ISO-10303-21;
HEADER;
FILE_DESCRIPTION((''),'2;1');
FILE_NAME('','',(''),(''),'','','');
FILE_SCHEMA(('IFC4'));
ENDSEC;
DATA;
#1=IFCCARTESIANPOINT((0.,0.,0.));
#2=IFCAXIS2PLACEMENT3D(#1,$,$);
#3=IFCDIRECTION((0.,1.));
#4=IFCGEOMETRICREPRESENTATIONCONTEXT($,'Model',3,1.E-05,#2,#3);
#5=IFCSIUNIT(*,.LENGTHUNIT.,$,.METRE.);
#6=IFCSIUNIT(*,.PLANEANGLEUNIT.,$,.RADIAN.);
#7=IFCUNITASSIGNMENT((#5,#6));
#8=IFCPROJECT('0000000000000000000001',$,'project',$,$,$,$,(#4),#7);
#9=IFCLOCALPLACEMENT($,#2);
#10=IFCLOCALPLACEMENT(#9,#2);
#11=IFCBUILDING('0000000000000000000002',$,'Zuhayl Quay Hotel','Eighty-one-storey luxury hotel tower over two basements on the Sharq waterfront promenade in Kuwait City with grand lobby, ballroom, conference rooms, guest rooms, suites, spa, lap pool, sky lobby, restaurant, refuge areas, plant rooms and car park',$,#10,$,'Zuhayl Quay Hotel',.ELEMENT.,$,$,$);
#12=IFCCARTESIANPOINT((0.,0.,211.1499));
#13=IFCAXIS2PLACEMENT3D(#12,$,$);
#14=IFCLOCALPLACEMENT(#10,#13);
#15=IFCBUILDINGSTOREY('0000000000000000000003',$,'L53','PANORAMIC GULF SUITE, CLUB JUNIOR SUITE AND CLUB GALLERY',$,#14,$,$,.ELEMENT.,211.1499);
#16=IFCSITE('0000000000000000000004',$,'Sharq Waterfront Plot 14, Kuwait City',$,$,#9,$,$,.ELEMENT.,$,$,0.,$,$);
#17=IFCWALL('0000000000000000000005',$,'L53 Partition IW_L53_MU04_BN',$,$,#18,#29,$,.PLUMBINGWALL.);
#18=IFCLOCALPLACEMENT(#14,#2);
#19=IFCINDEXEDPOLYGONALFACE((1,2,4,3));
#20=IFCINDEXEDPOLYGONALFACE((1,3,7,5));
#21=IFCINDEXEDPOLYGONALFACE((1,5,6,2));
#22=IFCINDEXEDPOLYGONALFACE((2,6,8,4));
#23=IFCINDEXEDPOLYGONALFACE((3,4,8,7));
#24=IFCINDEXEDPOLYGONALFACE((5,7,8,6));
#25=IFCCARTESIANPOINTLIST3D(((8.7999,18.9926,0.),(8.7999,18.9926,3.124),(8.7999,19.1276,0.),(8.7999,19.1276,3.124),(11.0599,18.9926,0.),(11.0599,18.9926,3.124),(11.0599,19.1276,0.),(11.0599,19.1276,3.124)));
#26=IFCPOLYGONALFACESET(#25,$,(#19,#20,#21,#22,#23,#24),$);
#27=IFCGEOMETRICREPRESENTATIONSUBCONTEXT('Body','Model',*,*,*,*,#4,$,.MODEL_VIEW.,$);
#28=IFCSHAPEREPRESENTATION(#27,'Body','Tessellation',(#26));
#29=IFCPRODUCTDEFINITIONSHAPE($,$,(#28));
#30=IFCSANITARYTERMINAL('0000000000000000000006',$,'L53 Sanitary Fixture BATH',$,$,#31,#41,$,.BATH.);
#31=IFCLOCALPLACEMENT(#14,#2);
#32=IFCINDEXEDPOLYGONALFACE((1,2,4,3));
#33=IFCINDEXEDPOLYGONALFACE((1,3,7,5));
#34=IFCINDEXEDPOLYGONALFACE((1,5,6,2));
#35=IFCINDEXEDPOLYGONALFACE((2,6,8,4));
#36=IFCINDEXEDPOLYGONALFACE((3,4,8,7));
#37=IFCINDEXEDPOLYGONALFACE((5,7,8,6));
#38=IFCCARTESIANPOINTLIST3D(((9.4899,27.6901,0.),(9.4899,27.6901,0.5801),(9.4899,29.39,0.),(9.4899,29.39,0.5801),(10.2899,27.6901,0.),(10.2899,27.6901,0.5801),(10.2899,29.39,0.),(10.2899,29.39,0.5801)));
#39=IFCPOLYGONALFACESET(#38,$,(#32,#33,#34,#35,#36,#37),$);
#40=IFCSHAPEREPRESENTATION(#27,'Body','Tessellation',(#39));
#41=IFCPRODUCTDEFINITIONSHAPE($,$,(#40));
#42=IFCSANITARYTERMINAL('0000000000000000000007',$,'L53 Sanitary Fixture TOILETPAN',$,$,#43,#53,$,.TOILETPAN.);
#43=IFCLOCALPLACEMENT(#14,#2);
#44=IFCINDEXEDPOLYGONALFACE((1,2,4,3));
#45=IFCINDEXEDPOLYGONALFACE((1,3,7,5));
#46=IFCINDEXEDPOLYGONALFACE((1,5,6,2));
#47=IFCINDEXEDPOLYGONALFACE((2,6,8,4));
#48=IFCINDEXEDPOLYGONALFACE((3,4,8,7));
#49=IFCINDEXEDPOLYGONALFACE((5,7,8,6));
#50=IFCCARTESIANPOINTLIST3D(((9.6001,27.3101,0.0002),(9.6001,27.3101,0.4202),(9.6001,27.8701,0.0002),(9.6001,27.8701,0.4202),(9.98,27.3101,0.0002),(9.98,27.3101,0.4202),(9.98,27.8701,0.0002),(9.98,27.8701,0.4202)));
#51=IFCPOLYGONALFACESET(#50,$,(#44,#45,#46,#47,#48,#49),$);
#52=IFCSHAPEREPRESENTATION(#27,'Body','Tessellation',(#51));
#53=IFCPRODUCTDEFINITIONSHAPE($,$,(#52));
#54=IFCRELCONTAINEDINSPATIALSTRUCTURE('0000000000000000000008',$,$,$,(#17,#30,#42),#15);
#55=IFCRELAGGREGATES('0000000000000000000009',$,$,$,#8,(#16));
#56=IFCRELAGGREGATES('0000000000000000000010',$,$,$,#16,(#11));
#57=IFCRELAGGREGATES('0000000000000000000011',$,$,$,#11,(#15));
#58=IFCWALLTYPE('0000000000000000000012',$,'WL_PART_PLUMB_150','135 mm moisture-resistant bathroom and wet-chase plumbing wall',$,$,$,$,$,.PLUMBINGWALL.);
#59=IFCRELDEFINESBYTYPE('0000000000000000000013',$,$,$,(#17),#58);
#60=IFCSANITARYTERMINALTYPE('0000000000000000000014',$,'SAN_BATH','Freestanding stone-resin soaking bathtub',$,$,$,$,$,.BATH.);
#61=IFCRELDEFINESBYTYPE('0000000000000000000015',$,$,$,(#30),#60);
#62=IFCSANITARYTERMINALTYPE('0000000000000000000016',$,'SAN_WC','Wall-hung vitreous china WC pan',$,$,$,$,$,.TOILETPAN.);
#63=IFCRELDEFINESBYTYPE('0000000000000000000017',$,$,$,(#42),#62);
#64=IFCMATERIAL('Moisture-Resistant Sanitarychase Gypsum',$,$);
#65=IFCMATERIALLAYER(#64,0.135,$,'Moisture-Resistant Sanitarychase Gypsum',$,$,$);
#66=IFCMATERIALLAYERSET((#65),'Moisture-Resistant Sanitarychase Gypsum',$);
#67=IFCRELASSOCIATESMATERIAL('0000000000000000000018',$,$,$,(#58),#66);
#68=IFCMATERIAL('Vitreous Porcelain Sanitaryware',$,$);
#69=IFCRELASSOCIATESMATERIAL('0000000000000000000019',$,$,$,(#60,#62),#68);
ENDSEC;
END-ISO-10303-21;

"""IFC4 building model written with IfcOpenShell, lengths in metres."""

from ifc_helpers import new_model, si_unit, direction, frame, frame_2d, origin, origin_2d, place, context, subcontext, project, spatial, rectangle, extrude, material, layer, layer_set, type_object, element, save


model = new_model("IFC4")

# Units and contexts
model_context = context("Model", 3, precision=1e-05, world=origin(), true_north=direction((0.0, 1.0)))
body_context = subcontext(model_context, "Body", "Model", "MODEL_VIEW")
ifc_project = project(units=[si_unit("LENGTHUNIT", "METRE"), si_unit("PLANEANGLEUNIT", "RADIAN")], contexts=[model_context])

# Site, building, storey
site_placement = place(None, origin())
site = spatial("IfcSite", under=ifc_project, at=site_placement, Name="Sharq Waterfront Plot 14, Kuwait City", CompositionType="ELEMENT", RefElevation=0.0)
building_placement = place(site_placement, origin())
building = spatial("IfcBuilding", under=site, at=building_placement, Name="Zuhayl Quay Hotel", Description="Eighty-one-storey luxury hotel tower over two basements on the Sharq waterfront promenade in Kuwait City with grand lobby, ballroom, conference rooms, guest rooms, suites, spa, lap pool, sky lobby, restaurant, refuge areas, plant rooms and car park", LongName="Zuhayl Quay Hotel", CompositionType="ELEMENT")
storey_placement = place(building_placement, frame((0.0, 0.0, 211.1499)))
storey = spatial("IfcBuildingStorey", under=building, at=storey_placement, Name="L53", Description="PANORAMIC GULF SUITE, CLUB JUNIOR SUITE AND CLUB GALLERY", CompositionType="ELEMENT", Elevation=211.1499)

# Wall
ifc_material_1 = material(Name="Moisture-Resistant Sanitarychase Gypsum")
ifc_layer_1 = layer(ifc_material_1, 0.135, Name="Moisture-Resistant Sanitarychase Gypsum")
ifc_layer_set_1 = layer_set([ifc_layer_1], Name="Moisture-Resistant Sanitarychase Gypsum")
wall_type_1 = type_object("IfcWallType", Name="WL_PART_PLUMB_150", Description="135 mm moisture-resistant bathroom and wet-chase plumbing wall", PredefinedType="PLUMBINGWALL", material=ifc_layer_set_1)
wall_1_placement = place(storey_placement, frame((8.8, 19.0601, 0.0), z_axis=(0.0, 0.0, 1.0), x_axis=(1.0, 0.0, 0.0)))
element("IfcWall", 1, at=wall_1_placement, inside=storey, type_object=wall_type_1, Name="L53 Partition IW_L53_MU04_BN", PredefinedType="PLUMBINGWALL", context=body_context, shape_type="SweptSolid", body=[
    extrude(rectangle(XDim=2.26, YDim=0.135, at=frame_2d((1.1299, 0.0))), origin(), (0.0, 0.0, 1.0), 3.124),
])

# Sanitary terminals
ifc_material_2 = material(Name="Vitreous Porcelain Sanitaryware")
sanitary_terminal_type_1 = type_object("IfcSanitaryTerminalType", Name="SAN_BATH", Description="Freestanding stone-resin soaking bathtub", PredefinedType="BATH", material=ifc_material_2)
sanitary_terminal_1_placement = place(storey_placement, frame((9.8899, 28.54, 0.0), z_axis=(0.0, 0.0, 1.0), x_axis=(1.0, 0.0, 0.0)))
element("IfcSanitaryTerminal", 2, at=sanitary_terminal_1_placement, inside=storey, type_object=sanitary_terminal_type_1, Name="L53 Sanitary Fixture BATH", PredefinedType="BATH", context=body_context, shape_type="SweptSolid", body=[
    extrude(rectangle(XDim=0.8, YDim=1.7, at=origin_2d()), origin(), (0.0, 0.0, 1.0), 0.5801),
])
sanitary_terminal_type_2 = type_object("IfcSanitaryTerminalType", Name="SAN_WC", Description="Wall-hung vitreous china WC pan", PredefinedType="TOILETPAN", material=ifc_material_2)
sanitary_terminal_2_placement = place(storey_placement, frame((9.79, 27.5901, 0.0002), z_axis=(0.0, 0.0, 1.0), x_axis=(1.0, 0.0, 0.0)))
element("IfcSanitaryTerminal", 3, at=sanitary_terminal_2_placement, inside=storey, type_object=sanitary_terminal_type_2, Name="L53 Sanitary Fixture TOILETPAN", PredefinedType="TOILETPAN", context=body_context, shape_type="SweptSolid", body=[
    extrude(rectangle(XDim=0.3799, YDim=0.5601, at=origin_2d()), origin(), (0.0, 0.0, 1.0), 0.4199),
])

save(model, "model.ifc")
